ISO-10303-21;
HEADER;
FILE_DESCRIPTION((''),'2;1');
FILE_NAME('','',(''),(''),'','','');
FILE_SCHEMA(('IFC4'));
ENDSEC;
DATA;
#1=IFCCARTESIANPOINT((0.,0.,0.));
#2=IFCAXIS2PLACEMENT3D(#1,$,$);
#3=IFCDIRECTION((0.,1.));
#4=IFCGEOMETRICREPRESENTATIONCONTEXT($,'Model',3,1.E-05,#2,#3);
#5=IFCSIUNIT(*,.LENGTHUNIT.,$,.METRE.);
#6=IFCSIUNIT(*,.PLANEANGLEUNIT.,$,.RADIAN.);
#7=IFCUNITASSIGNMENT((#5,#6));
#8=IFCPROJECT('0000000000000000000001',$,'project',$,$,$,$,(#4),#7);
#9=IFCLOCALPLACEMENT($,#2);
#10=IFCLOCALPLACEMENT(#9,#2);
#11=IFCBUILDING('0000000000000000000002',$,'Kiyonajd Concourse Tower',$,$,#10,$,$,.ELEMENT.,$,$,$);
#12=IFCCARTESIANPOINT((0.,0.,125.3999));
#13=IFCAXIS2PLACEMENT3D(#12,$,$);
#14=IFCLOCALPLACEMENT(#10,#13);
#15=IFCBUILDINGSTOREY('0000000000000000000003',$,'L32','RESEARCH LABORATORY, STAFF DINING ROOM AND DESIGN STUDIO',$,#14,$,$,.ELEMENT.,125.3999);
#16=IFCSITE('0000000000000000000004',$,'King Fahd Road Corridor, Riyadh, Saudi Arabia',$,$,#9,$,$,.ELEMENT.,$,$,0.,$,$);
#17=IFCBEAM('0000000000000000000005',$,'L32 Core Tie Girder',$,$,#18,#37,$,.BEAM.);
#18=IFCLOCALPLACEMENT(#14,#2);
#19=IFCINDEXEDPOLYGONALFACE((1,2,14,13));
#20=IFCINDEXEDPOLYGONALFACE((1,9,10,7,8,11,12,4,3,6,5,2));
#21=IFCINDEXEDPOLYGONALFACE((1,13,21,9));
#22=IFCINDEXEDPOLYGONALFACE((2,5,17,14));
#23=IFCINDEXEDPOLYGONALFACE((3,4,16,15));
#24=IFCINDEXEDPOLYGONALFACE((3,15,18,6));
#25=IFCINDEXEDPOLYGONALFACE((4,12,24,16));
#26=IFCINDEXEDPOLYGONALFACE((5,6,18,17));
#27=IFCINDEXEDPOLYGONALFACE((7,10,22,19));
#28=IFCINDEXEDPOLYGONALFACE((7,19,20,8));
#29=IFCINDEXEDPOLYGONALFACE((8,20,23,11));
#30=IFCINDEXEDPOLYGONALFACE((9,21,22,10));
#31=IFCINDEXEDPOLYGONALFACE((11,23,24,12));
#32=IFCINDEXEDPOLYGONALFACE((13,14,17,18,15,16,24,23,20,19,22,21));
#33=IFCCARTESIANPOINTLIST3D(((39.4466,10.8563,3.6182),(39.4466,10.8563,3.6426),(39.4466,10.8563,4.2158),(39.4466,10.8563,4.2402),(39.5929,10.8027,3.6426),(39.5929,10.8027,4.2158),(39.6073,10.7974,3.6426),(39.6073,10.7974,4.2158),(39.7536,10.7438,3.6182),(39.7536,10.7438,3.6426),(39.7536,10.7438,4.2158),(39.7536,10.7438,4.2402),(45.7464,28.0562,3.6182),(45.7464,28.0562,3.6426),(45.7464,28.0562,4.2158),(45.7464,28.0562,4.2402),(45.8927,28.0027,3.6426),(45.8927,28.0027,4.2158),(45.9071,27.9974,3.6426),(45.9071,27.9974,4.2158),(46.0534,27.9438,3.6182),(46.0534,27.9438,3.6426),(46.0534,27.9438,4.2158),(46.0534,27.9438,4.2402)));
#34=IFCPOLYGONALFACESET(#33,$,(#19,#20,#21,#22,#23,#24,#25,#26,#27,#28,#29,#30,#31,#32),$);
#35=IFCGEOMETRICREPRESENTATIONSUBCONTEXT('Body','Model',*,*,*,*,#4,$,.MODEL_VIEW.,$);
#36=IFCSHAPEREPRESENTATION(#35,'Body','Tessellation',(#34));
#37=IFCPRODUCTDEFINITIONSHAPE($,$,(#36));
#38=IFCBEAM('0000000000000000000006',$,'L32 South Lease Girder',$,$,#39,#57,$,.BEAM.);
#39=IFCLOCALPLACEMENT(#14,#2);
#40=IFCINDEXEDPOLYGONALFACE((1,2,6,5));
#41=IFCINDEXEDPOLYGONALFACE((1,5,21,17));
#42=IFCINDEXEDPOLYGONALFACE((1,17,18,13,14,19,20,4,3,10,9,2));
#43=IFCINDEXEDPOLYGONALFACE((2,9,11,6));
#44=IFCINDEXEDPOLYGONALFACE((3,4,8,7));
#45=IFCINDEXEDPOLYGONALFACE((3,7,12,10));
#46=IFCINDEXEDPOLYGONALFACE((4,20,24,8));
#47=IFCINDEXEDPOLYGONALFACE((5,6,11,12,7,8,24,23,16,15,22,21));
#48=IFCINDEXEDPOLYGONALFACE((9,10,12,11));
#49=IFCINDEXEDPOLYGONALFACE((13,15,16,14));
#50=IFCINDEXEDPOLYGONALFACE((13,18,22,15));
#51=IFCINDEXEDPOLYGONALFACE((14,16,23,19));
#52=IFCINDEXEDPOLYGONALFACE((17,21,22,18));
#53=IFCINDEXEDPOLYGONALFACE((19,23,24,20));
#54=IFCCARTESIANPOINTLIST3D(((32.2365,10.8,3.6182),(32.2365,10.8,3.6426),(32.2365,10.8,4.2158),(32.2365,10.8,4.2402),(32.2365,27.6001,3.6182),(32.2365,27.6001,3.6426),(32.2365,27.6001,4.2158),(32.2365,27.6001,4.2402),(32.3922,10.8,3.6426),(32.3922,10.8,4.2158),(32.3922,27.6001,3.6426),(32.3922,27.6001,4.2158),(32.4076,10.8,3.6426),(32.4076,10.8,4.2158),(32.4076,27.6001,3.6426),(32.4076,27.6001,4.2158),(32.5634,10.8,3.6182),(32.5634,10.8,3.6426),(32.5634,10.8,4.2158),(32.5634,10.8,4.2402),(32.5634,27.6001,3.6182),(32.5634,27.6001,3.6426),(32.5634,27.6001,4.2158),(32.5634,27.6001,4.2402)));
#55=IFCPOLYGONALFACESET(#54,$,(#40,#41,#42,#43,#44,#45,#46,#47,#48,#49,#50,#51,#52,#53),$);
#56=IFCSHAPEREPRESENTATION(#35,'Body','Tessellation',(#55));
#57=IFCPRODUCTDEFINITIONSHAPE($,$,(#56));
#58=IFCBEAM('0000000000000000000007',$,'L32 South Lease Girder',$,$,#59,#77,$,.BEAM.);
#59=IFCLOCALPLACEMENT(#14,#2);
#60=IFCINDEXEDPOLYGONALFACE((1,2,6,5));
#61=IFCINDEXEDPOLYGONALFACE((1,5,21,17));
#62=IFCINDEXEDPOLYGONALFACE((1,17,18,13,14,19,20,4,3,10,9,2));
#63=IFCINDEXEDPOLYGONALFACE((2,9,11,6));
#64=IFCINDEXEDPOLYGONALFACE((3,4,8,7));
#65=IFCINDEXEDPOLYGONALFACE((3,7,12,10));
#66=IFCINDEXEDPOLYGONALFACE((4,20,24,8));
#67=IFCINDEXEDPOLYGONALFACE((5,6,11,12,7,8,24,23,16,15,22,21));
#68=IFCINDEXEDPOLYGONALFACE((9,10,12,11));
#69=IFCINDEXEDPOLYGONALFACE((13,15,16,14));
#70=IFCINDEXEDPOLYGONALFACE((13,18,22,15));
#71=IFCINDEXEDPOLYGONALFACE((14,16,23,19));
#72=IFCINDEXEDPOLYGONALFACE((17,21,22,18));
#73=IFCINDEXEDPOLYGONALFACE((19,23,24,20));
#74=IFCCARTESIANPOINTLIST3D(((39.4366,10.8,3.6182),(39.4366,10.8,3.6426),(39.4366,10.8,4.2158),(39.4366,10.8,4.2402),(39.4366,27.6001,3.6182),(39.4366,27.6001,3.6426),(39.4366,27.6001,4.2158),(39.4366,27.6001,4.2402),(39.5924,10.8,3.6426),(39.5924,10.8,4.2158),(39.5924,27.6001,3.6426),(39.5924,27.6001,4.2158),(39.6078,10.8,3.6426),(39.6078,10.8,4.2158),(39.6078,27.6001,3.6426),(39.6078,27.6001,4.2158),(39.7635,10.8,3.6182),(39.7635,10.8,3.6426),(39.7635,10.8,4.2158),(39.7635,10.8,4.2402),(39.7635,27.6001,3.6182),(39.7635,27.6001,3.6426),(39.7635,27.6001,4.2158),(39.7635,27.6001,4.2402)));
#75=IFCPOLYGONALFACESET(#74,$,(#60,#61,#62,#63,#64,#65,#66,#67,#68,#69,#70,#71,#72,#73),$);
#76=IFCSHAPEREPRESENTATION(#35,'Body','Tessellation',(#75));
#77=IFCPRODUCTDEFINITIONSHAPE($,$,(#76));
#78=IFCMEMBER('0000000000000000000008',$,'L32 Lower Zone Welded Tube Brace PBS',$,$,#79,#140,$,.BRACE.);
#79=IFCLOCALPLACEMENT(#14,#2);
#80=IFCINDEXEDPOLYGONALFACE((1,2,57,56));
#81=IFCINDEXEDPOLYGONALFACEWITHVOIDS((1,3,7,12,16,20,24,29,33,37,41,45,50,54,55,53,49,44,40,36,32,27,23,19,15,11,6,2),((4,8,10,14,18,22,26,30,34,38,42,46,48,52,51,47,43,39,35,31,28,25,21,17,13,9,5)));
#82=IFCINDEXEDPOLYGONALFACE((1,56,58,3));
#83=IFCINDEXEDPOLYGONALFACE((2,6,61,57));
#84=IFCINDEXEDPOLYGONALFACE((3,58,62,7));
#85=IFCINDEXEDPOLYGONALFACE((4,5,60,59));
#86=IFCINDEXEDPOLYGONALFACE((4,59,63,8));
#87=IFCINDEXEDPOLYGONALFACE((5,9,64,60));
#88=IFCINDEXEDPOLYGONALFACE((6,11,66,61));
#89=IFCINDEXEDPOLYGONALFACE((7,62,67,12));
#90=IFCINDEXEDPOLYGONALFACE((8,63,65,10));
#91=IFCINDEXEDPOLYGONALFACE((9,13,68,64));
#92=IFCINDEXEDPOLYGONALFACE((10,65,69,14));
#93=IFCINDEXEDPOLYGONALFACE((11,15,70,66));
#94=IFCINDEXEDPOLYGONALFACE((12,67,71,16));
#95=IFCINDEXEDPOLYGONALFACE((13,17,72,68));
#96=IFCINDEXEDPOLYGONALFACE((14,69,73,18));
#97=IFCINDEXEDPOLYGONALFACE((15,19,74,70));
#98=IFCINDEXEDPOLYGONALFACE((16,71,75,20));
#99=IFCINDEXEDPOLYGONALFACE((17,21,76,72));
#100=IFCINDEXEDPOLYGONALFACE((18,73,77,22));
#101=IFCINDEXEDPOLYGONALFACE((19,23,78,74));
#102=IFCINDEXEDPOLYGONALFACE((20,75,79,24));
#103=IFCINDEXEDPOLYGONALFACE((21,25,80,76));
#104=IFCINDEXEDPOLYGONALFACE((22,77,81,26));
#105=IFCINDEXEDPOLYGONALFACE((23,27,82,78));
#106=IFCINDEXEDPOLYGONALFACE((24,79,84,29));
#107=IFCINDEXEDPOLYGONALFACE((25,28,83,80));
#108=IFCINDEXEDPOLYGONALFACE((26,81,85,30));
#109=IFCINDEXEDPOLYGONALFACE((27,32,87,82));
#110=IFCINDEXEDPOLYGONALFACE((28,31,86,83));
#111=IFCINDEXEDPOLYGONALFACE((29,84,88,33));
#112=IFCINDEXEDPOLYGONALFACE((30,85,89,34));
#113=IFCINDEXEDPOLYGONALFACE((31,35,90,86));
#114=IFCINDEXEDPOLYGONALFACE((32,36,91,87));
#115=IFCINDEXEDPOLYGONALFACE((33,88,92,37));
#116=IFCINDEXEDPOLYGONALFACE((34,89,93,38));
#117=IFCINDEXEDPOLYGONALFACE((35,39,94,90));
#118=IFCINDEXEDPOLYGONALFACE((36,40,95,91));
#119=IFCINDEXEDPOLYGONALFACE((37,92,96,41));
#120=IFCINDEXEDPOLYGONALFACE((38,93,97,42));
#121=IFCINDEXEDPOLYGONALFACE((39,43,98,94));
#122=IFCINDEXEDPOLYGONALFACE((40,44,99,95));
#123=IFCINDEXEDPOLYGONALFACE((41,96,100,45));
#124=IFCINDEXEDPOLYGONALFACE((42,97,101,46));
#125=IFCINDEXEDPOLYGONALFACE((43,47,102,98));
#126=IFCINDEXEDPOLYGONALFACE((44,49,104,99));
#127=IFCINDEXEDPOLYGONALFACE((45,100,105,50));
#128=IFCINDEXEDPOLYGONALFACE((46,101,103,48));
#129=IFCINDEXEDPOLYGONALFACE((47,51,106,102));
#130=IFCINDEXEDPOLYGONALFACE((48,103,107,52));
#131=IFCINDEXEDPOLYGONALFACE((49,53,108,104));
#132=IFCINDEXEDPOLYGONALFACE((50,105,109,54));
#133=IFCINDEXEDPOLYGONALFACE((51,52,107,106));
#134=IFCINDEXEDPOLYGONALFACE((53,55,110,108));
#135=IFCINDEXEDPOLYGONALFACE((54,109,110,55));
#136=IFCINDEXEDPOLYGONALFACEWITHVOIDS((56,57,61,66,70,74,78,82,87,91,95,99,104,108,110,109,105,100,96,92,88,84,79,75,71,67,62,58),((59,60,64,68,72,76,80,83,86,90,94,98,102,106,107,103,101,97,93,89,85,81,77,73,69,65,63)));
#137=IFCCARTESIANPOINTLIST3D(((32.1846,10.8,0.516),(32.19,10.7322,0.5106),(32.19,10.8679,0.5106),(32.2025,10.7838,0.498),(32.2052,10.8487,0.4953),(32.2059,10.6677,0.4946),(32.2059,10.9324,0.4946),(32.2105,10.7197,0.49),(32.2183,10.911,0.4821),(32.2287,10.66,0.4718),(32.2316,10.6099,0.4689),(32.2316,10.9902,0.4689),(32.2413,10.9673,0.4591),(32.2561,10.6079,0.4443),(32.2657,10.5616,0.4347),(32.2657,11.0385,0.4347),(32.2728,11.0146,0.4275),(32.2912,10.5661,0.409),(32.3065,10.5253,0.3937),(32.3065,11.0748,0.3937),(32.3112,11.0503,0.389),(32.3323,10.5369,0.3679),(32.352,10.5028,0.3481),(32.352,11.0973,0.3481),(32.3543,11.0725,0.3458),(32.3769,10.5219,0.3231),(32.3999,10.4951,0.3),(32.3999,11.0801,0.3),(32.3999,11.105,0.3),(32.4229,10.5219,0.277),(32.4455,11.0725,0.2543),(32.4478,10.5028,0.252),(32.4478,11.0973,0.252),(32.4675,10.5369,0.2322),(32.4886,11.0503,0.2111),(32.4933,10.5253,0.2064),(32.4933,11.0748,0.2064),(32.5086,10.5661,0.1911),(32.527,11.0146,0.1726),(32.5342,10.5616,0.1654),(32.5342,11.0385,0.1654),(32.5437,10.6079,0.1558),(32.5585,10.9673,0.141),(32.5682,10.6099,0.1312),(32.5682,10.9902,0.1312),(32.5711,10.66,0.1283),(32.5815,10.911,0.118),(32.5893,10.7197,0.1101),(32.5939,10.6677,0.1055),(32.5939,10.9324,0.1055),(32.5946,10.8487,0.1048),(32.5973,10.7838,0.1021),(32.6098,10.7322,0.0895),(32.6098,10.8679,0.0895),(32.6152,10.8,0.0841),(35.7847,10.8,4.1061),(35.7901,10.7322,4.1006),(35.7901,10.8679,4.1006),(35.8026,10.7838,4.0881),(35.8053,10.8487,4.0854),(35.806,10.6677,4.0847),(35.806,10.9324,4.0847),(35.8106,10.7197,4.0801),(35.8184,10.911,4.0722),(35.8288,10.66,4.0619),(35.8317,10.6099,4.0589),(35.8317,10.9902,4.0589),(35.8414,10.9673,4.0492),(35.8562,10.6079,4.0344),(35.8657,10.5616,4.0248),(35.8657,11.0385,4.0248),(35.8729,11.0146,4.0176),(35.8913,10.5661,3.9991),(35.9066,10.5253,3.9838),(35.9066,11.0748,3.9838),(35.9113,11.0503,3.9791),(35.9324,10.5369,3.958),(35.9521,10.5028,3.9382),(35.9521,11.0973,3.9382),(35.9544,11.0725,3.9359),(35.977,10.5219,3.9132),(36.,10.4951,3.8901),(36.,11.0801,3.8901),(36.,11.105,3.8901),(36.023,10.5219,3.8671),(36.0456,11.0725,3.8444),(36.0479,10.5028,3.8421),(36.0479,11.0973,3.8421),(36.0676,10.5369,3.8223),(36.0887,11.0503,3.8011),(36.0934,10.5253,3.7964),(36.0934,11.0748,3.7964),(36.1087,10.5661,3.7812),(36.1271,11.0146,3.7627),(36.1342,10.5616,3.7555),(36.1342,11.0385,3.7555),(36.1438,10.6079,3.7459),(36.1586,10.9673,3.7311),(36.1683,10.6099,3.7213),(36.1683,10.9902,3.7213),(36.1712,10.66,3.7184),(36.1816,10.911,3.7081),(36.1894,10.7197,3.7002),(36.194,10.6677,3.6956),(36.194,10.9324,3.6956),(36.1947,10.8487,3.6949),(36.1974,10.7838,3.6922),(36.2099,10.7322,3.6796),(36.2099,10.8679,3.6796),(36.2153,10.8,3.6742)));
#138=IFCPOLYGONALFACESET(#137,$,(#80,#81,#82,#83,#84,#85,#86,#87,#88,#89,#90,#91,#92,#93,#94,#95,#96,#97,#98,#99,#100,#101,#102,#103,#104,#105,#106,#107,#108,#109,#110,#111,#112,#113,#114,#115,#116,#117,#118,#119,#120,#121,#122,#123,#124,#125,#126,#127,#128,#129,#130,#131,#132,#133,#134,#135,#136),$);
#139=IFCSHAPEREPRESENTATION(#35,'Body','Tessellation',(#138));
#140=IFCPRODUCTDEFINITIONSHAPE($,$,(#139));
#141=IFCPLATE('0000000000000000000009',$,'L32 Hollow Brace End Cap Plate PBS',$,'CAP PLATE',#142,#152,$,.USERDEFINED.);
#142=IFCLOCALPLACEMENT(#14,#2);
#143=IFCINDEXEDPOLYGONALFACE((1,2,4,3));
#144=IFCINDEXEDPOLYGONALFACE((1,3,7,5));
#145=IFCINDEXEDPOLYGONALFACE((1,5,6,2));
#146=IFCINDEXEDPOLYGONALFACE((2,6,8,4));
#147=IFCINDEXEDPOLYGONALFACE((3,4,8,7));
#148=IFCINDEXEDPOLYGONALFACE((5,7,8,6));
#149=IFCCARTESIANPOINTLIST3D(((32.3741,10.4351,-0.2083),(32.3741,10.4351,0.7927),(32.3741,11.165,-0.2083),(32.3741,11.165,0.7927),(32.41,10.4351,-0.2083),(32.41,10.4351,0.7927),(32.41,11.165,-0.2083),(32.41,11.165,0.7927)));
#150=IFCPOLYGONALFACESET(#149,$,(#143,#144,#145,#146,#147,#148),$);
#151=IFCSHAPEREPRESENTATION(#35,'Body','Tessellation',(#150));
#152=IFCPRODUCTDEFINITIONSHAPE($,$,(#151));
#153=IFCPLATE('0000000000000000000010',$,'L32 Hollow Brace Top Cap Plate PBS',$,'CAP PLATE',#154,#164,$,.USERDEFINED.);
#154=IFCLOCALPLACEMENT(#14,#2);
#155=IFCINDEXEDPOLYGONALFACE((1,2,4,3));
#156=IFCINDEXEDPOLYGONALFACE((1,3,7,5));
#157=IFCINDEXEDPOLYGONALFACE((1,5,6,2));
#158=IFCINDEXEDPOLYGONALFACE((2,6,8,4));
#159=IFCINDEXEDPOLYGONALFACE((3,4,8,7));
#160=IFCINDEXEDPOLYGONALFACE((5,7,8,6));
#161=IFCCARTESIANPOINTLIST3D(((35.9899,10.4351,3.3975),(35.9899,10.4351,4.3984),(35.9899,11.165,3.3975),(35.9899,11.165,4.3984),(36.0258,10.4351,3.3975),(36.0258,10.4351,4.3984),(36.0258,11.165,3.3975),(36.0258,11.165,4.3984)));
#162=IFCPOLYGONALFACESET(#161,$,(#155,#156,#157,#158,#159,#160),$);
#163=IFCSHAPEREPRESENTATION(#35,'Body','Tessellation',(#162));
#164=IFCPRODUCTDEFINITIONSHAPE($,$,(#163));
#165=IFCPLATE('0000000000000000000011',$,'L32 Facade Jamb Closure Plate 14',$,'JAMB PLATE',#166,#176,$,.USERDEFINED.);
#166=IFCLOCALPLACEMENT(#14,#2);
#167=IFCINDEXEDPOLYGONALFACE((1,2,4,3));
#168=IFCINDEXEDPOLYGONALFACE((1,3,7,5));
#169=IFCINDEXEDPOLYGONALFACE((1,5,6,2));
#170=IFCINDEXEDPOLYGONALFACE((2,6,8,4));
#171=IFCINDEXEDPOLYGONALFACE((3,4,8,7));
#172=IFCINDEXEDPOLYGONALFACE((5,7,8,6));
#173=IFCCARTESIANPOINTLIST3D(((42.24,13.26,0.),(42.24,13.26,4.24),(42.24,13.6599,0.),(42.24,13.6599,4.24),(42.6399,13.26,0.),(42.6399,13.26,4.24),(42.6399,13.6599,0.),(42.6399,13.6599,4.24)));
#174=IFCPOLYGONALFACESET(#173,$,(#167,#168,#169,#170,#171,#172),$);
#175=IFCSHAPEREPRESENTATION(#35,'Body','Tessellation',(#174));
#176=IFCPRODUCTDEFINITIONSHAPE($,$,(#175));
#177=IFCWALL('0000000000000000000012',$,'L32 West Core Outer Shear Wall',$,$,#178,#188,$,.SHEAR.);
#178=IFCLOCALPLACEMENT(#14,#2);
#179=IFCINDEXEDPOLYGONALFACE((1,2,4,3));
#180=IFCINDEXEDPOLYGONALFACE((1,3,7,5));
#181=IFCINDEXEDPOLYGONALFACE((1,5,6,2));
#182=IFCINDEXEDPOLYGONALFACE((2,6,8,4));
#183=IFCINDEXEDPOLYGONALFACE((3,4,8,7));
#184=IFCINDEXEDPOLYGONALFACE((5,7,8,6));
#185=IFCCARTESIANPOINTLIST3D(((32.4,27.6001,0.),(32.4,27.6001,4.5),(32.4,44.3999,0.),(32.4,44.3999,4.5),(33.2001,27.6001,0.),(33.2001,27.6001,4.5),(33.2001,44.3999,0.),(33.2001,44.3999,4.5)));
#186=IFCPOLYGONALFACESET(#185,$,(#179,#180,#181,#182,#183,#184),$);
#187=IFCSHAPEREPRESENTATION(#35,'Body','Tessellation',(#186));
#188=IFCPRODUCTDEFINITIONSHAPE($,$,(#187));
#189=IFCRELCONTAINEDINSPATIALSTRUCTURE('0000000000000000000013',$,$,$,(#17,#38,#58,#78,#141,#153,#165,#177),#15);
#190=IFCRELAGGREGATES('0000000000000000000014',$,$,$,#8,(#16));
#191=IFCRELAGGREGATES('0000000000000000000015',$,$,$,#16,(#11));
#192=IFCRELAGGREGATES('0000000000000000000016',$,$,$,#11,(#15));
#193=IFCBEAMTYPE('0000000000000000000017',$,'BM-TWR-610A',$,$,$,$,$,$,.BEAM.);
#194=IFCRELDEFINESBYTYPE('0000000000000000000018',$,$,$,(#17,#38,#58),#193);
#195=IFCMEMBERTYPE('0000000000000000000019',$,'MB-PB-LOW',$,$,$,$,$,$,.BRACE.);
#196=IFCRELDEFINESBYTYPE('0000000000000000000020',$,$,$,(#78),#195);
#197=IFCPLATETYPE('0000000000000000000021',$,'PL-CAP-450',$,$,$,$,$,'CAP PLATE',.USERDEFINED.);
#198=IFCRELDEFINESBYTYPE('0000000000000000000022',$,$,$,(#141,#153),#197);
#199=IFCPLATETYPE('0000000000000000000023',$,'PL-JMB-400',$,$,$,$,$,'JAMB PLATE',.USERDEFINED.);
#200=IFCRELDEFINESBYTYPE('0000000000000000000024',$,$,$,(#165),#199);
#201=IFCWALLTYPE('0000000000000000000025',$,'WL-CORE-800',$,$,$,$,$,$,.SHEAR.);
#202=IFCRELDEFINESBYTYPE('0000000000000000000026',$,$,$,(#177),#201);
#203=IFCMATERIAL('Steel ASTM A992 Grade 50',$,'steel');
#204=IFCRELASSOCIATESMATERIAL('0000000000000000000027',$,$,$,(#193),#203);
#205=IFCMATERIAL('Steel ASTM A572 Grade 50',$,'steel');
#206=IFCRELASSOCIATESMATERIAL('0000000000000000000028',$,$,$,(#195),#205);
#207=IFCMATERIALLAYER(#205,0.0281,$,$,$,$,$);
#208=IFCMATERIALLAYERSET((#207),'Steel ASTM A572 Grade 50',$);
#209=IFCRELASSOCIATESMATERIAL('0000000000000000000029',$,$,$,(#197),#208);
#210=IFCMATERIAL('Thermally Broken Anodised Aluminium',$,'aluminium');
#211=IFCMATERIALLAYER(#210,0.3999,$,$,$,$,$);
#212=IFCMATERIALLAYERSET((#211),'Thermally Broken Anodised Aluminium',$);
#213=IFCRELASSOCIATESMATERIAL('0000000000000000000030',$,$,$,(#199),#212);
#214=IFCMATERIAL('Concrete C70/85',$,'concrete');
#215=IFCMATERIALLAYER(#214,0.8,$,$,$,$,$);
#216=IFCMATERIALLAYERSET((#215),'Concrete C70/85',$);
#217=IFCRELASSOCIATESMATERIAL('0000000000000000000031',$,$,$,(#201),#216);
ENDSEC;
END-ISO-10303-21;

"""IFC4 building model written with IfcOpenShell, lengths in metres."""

from ifc_helpers import new_model, si_unit, direction, frame, frame_2d, origin, origin_2d, place, context, subcontext, project, spatial, rectangle, hollow_circle, i_section, extrude, material, layer, layer_set, material_profile, profile_set, type_object, element, save


model = new_model("IFC4")

# Units and contexts
model_context = context("Model", 3, precision=1e-05, world=origin(), true_north=direction((0.0, 1.0)))
body_context = subcontext(model_context, "Body", "Model", "MODEL_VIEW")
ifc_project = project(units=[si_unit("LENGTHUNIT", "METRE"), si_unit("PLANEANGLEUNIT", "RADIAN")], contexts=[model_context])

# Site, building, storey
site_placement = place(None, origin())
site = spatial("IfcSite", under=ifc_project, at=site_placement, Name="King Fahd Road Corridor, Riyadh, Saudi Arabia", CompositionType="ELEMENT", RefElevation=0.0)
building_placement = place(site_placement, origin())
building = spatial("IfcBuilding", under=site, at=building_placement, Name="Kiyonajd Concourse Tower", CompositionType="ELEMENT")
storey_placement = place(building_placement, frame((0.0, 0.0, 125.3999)))
storey = spatial("IfcBuildingStorey", under=building, at=storey_placement, Name="L32", Description="RESEARCH LABORATORY, STAFF DINING ROOM AND DESIGN STUDIO", CompositionType="ELEMENT", Elevation=125.3999)

# Shared definitions
ifc_material_1 = material(Name="Concrete C70/85", Category="concrete")

# Beams
ifc_material_2 = material(Name="Steel ASTM A992 Grade 50", Category="steel")
ifc_material_profile_1 = material_profile(ifc_material_2, i_section(OverallWidth=0.3269, OverallDepth=0.6221, WebThickness=0.0154, FlangeThickness=0.0244, at=origin_2d()), Name="W610X195")
ifc_profile_set_1 = profile_set([ifc_material_profile_1], Name="Steel ASTM A992 Grade 50")
beam_type_1 = type_object("IfcBeamType", Name="BM-TWR-610A", PredefinedType="BEAM", material=ifc_profile_set_1)
beam_1_placement = place(storey_placement, frame((39.6001, 10.8, 3.9292), z_axis=(0.343925, 0.938997, 0.0), x_axis=(-0.938997, 0.343925, 0.0)))
element("IfcBeam", 1, at=beam_1_placement, inside=storey, type_object=beam_type_1, Name="L32 Core Tie Girder", PredefinedType="BEAM", context=body_context, shape_type="SweptSolid", body=[
    extrude(i_section(OverallWidth=0.3269, OverallDepth=0.6221, WebThickness=0.0154, FlangeThickness=0.0244, at=origin_2d()), origin(), (0.0, 0.0, 1.0), 18.3174),
])
for number, where, z_axis, x_axis, name in (
    (2, (32.3999, 10.8, 3.9292), (0.0, 1.0, 0.0), (-1.0, 0.0, 0.0), "L32 South Lease Girder"),
    (3, (39.6001, 10.8, 3.9292), (0.0, 1.0, 0.0), (-1.0, 0.0, 0.0), "L32 South Lease Girder"),
):
    element("IfcBeam", number, at=place(storey_placement, frame(where, z_axis=z_axis, x_axis=x_axis)), inside=storey, type_object=beam_type_1, Name=name, PredefinedType="BEAM", context=body_context, shape_type="SweptSolid", body=[
        extrude(i_section(OverallWidth=0.3269, OverallDepth=0.6221, WebThickness=0.0154, FlangeThickness=0.0244, at=origin_2d()), origin(), (0.0, 0.0, 1.0), 16.8),
    ])

# Member
ifc_material_3 = material(Name="Steel ASTM A572 Grade 50", Category="steel")
ifc_material_profile_2 = material_profile(ifc_material_3, hollow_circle(Radius=0.3049, WallThickness=0.0249, at=origin_2d()), Name="CHS-610x25")
ifc_profile_set_2 = profile_set([ifc_material_profile_2], Name="Steel ASTM A572 Grade 50")
member_type = type_object("IfcMemberType", Name="MB-PB-LOW", PredefinedType="BRACE", material=ifc_profile_set_2)
member_placement = place(storey_placement, frame((32.3999, 10.8, 0.3), z_axis=(0.70809, 0.0, 0.706122), x_axis=(0.0, 1.0, 0.0)))
element("IfcMember", 4, at=member_placement, inside=storey, type_object=member_type, Name="L32 Lower Zone Welded Tube Brace PBS", PredefinedType="BRACE", context=body_context, shape_type="SweptSolid", body=[
    extrude(hollow_circle(Radius=0.3049, WallThickness=0.0249, at=origin_2d()), origin(), (0.0, 0.0, 1.0), 5.0842),
])

# Plates
ifc_layer_1 = layer(ifc_material_3, 0.0281)
ifc_layer_set_1 = layer_set([ifc_layer_1], Name="Steel ASTM A572 Grade 50")
plate_type_1 = type_object("IfcPlateType", Name="PL-CAP-450", ElementType="CAP PLATE", PredefinedType="USERDEFINED", material=ifc_layer_set_1)
for number, where, z_axis, x_axis, name in (
    (5, (32.3921, 10.8, -0.2083), (0.0, 0.0, 1.0), (-1.0, 0.0, 0.0), "L32 Hollow Brace End Cap Plate PBS"),
    (6, (36.0078, 10.8, 3.3975), (0.0, 0.0, 1.0), (1.0, 0.0, 0.0), "L32 Hollow Brace Top Cap Plate PBS"),
):
    element("IfcPlate", number, at=place(storey_placement, frame(where, z_axis=z_axis, x_axis=x_axis)), inside=storey, type_object=plate_type_1, Name=name, ObjectType="CAP PLATE", PredefinedType="USERDEFINED", context=body_context, shape_type="SweptSolid", body=[
        extrude(rectangle(XDim=0.0359, YDim=0.73, at=origin_2d()), origin(), (0.0, 0.0, 1.0), 1.001),
    ])
ifc_material_4 = material(Name="Thermally Broken Anodised Aluminium", Category="aluminium")
ifc_layer_2 = layer(ifc_material_4, 0.3999)
ifc_layer_set_2 = layer_set([ifc_layer_2], Name="Thermally Broken Anodised Aluminium")
plate_type_2 = type_object("IfcPlateType", Name="PL-JMB-400", ElementType="JAMB PLATE", PredefinedType="USERDEFINED", material=ifc_layer_set_2)
plate_placement = place(storey_placement, frame((42.4399, 13.46, 0.0), z_axis=(0.0, 0.0, 1.0), x_axis=(1.0, 0.0, 0.0)))
element("IfcPlate", 7, at=plate_placement, inside=storey, type_object=plate_type_2, Name="L32 Facade Jamb Closure Plate 14", ObjectType="JAMB PLATE", PredefinedType="USERDEFINED", context=body_context, shape_type="SweptSolid", body=[
    extrude(rectangle(XDim=0.3999, YDim=0.3999, at=origin_2d()), origin(), (0.0, 0.0, 1.0), 4.24),
])

# Wall
ifc_layer_3 = layer(ifc_material_1, 0.8)
ifc_layer_set_3 = layer_set([ifc_layer_3], Name="Concrete C70/85")
wall_type_1 = type_object("IfcWallType", Name="WL-CORE-800", PredefinedType="SHEAR", material=ifc_layer_set_3)
wall_1_placement = place(storey_placement, frame((32.8, 27.6001, 0.0), z_axis=(0.0, 0.0, 1.0), x_axis=(0.0, 1.0, 0.0)))
element("IfcWall", 8, at=wall_1_placement, inside=storey, type_object=wall_type_1, Name="L32 West Core Outer Shear Wall", PredefinedType="SHEAR", context=body_context, shape_type="SweptSolid", body=[
    extrude(rectangle(XDim=16.7998, YDim=0.8, at=frame_2d((8.3999, 0.0))), origin(), (0.0, 0.0, 1.0), 4.5),
])

save(model, "model.ifc")
